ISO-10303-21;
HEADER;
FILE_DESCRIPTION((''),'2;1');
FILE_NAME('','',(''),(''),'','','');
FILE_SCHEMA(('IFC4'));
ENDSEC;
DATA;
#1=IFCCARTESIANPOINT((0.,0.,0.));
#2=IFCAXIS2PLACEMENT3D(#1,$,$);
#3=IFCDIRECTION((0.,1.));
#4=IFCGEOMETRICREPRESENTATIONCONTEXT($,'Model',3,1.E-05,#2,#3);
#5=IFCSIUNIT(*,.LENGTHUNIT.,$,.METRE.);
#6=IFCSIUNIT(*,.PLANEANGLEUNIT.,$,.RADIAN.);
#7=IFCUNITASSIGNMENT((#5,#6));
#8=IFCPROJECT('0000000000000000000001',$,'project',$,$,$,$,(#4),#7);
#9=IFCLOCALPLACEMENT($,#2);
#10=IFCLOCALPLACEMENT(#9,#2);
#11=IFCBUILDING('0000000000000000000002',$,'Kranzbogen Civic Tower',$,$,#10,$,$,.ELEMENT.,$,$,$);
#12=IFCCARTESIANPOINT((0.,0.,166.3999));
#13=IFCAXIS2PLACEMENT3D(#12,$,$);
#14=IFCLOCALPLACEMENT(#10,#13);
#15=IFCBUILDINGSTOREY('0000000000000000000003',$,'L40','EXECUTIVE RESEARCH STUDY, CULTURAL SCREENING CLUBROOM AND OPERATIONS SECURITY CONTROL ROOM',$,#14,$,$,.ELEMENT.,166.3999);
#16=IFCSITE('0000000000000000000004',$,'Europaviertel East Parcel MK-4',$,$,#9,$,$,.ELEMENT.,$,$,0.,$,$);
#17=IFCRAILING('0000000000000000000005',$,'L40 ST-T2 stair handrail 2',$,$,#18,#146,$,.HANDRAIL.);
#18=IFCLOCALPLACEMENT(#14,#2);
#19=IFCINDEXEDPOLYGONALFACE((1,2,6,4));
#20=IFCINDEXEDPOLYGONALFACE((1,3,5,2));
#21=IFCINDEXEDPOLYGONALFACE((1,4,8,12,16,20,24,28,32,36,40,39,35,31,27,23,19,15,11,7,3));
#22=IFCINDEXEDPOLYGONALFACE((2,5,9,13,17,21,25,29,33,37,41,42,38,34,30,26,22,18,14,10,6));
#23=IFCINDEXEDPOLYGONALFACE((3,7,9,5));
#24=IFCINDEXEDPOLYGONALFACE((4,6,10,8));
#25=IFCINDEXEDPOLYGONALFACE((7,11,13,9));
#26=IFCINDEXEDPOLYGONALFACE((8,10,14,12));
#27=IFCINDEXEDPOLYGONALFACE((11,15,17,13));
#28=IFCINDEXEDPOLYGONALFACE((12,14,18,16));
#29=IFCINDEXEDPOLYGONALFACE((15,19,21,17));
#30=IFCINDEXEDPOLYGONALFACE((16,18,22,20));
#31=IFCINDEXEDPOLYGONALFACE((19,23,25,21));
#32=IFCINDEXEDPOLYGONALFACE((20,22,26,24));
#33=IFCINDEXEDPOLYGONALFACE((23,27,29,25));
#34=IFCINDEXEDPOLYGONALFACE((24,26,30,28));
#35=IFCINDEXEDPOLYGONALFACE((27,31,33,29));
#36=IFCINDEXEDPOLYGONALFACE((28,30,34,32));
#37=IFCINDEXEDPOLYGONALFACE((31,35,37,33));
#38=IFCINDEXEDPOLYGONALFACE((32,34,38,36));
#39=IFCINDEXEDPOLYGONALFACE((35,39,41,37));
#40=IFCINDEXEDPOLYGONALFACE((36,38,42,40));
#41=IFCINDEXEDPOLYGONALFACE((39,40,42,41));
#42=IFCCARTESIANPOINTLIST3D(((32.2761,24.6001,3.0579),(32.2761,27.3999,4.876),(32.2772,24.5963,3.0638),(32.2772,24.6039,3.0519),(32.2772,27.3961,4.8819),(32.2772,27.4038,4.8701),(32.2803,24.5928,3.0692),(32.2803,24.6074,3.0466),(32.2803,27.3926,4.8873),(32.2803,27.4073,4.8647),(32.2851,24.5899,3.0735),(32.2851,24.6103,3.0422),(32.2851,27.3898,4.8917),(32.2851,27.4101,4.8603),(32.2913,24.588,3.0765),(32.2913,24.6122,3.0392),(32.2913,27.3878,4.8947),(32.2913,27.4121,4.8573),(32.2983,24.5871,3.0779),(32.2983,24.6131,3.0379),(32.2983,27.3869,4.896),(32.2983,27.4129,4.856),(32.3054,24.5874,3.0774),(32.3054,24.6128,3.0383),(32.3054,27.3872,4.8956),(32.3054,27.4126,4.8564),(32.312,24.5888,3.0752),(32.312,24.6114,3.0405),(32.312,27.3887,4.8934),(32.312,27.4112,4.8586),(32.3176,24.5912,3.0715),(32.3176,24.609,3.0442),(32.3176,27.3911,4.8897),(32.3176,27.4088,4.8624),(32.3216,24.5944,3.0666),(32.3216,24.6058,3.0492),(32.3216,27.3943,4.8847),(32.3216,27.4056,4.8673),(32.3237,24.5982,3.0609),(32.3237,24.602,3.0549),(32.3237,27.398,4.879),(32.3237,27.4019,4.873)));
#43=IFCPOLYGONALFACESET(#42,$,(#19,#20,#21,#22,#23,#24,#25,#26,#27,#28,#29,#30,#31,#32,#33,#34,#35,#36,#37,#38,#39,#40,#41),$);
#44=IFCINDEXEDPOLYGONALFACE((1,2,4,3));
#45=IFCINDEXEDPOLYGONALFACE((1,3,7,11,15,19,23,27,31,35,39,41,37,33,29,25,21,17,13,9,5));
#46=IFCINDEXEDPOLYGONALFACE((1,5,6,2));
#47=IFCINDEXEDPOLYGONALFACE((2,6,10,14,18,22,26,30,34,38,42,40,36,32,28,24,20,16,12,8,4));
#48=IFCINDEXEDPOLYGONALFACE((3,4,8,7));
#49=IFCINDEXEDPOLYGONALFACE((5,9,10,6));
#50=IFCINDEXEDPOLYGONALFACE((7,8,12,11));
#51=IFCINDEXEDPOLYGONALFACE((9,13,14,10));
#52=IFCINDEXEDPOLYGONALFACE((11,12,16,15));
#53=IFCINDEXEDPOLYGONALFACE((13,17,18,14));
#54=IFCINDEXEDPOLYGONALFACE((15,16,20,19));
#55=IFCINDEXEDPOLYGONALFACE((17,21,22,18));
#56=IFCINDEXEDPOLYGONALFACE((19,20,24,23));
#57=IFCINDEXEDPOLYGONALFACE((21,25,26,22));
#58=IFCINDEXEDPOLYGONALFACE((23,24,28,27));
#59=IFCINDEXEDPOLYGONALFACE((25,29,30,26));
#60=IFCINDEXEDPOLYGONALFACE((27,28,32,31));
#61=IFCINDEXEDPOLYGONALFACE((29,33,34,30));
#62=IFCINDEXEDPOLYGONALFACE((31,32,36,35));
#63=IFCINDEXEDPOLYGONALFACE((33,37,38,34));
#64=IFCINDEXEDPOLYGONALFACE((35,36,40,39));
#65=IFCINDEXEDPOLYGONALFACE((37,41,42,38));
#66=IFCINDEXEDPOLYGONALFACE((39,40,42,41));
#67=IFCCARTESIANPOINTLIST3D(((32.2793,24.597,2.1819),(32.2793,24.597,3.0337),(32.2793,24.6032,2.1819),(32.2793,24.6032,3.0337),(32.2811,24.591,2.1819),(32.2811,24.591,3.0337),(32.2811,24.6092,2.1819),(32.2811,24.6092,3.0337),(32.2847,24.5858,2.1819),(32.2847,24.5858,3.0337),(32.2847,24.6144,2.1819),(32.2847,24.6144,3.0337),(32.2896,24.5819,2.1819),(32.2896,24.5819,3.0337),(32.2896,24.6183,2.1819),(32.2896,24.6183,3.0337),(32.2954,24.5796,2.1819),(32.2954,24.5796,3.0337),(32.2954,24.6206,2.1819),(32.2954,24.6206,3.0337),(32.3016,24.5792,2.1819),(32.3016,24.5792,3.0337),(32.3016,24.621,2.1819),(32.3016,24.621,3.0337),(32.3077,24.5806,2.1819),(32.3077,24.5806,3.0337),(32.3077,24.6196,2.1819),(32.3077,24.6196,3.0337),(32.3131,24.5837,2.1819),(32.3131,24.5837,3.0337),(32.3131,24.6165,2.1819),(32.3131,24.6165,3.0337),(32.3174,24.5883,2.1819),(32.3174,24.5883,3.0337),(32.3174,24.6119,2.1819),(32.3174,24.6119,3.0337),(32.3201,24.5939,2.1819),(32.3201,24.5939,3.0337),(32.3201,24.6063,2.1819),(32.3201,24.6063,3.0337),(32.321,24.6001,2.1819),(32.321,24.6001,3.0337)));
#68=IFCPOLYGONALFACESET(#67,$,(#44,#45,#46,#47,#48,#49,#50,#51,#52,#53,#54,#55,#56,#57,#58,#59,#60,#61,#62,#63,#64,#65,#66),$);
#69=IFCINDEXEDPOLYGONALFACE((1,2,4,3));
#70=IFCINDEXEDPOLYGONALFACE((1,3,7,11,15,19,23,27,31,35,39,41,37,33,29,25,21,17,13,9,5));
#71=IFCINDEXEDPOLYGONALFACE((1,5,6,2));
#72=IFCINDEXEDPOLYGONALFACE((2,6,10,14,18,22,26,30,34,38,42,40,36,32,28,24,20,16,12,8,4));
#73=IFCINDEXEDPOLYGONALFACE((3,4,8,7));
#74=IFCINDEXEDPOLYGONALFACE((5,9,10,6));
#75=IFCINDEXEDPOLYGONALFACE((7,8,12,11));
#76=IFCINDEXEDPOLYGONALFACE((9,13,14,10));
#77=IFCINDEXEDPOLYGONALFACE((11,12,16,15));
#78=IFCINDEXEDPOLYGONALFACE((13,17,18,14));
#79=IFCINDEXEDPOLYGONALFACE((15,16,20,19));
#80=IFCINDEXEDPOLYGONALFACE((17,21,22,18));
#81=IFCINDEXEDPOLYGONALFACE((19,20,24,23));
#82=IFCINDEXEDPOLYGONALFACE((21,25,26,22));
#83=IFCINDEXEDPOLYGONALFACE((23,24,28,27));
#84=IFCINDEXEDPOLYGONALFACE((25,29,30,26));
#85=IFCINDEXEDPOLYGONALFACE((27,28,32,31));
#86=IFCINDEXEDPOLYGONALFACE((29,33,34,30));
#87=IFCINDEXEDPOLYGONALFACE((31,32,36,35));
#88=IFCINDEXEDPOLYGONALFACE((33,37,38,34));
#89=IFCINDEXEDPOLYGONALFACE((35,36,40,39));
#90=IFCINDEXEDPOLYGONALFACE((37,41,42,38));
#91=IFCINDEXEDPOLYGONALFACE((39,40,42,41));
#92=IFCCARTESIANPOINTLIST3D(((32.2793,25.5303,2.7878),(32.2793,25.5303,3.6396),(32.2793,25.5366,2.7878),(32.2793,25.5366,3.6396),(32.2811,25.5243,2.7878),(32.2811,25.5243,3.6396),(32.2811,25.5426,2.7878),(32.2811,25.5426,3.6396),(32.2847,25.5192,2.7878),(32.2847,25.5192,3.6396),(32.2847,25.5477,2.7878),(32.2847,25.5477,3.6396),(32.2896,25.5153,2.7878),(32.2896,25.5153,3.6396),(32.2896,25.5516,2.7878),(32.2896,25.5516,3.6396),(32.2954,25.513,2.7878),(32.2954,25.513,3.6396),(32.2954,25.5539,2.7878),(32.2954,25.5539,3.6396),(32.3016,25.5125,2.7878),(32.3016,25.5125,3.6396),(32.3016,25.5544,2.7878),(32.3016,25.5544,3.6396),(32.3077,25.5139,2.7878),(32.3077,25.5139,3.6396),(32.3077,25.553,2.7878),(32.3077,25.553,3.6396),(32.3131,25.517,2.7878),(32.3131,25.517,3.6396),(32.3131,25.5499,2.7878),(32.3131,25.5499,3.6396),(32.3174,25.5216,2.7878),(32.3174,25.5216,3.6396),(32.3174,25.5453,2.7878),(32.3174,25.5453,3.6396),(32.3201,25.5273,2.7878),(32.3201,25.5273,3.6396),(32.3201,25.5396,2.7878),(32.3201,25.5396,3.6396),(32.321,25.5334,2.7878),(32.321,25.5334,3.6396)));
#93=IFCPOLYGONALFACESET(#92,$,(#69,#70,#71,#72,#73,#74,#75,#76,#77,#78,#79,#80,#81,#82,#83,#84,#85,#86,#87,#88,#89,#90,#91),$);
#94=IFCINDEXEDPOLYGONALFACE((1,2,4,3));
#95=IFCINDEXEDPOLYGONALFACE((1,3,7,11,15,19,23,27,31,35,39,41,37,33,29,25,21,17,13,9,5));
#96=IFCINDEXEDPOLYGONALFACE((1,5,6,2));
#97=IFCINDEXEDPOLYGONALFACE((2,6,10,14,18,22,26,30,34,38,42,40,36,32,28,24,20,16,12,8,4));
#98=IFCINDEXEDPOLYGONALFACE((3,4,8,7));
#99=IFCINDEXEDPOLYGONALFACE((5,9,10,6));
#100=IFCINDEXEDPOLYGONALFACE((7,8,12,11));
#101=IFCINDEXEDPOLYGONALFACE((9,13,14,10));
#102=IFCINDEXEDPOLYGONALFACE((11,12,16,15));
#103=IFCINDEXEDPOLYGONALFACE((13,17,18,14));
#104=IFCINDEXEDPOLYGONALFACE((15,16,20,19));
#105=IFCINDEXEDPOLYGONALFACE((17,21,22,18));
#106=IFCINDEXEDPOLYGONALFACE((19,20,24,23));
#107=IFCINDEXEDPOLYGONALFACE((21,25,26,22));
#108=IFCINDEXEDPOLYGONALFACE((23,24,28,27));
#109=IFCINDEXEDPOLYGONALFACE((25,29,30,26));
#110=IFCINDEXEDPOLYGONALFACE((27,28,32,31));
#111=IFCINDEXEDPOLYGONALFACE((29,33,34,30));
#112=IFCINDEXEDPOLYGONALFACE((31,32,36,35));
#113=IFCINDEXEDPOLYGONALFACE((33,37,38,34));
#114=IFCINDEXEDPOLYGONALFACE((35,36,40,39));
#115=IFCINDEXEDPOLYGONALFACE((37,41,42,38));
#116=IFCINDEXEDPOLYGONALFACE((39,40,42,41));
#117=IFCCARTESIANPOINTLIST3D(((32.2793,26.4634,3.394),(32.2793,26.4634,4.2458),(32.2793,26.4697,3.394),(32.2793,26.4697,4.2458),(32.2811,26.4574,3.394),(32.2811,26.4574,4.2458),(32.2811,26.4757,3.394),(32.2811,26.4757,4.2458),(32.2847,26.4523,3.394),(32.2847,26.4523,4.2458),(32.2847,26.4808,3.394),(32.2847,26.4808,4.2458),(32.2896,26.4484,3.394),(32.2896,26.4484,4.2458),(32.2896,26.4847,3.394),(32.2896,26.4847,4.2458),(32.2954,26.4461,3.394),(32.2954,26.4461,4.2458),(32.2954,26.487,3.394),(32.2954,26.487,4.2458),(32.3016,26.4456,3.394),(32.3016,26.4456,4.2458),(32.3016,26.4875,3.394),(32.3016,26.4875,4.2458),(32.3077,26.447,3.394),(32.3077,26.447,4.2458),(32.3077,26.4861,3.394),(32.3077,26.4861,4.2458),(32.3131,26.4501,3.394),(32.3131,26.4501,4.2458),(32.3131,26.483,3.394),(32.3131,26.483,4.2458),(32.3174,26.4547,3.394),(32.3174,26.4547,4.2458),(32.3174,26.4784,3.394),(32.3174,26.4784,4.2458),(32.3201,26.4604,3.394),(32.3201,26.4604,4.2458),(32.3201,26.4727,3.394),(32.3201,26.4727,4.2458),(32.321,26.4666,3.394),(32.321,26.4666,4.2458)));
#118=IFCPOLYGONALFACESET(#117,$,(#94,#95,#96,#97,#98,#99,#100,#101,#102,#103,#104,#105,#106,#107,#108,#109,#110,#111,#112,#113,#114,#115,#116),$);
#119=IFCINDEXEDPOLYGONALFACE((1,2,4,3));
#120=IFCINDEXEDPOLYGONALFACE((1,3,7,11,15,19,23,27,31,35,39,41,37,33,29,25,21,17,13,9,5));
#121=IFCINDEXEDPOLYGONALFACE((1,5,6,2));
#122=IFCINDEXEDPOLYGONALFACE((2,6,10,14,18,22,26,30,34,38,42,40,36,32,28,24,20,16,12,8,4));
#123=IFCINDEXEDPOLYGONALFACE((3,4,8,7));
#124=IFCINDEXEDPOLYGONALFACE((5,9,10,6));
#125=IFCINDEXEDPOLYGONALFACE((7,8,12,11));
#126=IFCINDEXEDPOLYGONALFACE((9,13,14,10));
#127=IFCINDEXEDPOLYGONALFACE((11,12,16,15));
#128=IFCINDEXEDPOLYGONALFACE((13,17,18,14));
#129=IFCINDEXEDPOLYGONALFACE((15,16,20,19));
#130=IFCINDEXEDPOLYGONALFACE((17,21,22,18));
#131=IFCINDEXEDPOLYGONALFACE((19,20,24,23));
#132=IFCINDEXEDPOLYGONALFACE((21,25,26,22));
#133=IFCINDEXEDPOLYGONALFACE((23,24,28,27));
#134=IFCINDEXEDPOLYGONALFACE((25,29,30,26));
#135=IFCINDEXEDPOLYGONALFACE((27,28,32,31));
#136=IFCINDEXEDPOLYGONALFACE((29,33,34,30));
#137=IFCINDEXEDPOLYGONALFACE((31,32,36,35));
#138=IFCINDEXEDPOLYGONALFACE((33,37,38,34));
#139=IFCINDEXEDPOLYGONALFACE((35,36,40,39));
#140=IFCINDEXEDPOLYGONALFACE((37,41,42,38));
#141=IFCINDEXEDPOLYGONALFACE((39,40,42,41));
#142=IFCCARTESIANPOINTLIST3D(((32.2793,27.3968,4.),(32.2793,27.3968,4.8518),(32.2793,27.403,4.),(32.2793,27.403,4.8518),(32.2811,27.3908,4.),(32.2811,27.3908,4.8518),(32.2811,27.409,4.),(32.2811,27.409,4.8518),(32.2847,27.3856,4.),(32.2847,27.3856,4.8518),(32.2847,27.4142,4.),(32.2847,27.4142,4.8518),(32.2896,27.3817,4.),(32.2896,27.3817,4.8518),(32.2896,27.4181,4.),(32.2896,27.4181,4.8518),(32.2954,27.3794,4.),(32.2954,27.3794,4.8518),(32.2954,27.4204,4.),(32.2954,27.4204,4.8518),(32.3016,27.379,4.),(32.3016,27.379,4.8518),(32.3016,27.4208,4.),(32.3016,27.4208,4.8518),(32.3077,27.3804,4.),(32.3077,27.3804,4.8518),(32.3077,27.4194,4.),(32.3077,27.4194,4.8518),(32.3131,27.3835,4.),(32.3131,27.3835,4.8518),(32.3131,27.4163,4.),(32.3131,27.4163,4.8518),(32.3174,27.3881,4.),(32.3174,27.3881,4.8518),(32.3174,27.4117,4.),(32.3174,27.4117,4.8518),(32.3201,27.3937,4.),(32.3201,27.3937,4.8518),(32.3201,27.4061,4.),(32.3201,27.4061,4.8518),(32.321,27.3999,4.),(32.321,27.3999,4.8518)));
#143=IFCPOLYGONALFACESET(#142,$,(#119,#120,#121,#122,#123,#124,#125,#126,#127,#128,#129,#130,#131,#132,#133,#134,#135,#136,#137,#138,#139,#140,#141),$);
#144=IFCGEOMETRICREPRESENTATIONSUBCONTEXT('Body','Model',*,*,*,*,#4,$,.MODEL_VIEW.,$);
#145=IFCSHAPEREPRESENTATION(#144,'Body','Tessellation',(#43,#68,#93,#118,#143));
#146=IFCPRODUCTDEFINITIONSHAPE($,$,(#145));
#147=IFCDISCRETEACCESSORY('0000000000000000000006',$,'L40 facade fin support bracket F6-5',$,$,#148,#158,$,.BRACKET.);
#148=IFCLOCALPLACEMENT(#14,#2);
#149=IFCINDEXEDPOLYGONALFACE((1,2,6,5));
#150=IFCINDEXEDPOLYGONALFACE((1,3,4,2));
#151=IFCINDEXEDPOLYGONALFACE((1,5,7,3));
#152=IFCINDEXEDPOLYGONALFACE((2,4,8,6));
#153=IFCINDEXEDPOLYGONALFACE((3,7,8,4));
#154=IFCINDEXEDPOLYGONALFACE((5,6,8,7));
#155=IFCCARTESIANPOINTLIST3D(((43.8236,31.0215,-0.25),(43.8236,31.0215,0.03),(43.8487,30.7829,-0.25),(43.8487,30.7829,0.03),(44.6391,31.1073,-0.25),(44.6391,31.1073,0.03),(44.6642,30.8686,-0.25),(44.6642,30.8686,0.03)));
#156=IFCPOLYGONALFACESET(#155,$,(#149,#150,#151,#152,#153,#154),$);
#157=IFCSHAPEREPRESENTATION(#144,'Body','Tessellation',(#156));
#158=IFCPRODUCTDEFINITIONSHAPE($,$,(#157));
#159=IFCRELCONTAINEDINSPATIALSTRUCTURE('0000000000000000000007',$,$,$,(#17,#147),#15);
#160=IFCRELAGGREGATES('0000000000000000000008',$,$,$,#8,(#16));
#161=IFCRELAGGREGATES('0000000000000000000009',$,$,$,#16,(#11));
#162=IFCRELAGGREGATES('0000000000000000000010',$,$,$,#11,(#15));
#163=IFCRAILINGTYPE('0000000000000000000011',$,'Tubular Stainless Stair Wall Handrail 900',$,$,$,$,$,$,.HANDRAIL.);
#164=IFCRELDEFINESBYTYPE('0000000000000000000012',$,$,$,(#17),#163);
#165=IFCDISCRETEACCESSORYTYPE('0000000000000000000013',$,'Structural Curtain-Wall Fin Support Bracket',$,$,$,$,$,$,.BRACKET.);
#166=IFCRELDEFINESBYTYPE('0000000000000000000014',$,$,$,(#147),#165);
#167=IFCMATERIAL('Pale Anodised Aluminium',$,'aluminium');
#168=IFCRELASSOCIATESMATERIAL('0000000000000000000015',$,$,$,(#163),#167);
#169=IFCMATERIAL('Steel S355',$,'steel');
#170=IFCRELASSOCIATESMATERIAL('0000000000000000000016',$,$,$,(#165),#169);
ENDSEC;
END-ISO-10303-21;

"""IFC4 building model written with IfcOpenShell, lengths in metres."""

from ifc_helpers import new_model, si_unit, direction, frame, origin, origin_2d, place, context, subcontext, project, spatial, rectangle, circle, extrude, material, type_object, element, save


model = new_model("IFC4")

# Units and contexts
model_context = context("Model", 3, precision=1e-05, world=origin(), true_north=direction((0.0, 1.0)))
body_context = subcontext(model_context, "Body", "Model", "MODEL_VIEW")
ifc_project = project(units=[si_unit("LENGTHUNIT", "METRE"), si_unit("PLANEANGLEUNIT", "RADIAN")], contexts=[model_context])

# Site, building, storey
site_placement = place(None, origin())
site = spatial("IfcSite", under=ifc_project, at=site_placement, Name="Europaviertel East Parcel MK-4", CompositionType="ELEMENT", RefElevation=0.0)
building_placement = place(site_placement, origin())
building = spatial("IfcBuilding", under=site, at=building_placement, Name="Kranzbogen Civic Tower", CompositionType="ELEMENT")
storey_placement = place(building_placement, frame((0.0, 0.0, 166.3999)))
storey = spatial("IfcBuildingStorey", under=building, at=storey_placement, Name="L40", Description="EXECUTIVE RESEARCH STUDY, CULTURAL SCREENING CLUBROOM AND OPERATIONS SECURITY CONTROL ROOM", CompositionType="ELEMENT", Elevation=166.3999)

# Shared definitions
ifc_material_1 = material(Name="Steel S355", Category="steel")

# Shared definitions
ifc_material_2 = material(Name="Pale Anodised Aluminium", Category="aluminium")

# Railing
railing_type_1 = type_object("IfcRailingType", Name="Tubular Stainless Stair Wall Handrail 900", PredefinedType="HANDRAIL", material=ifc_material_2)
railing_1_placement = place(storey_placement, frame((32.3, 24.6001, 2.1819)))
element("IfcRailing", 1, at=railing_1_placement, inside=storey, type_object=railing_type_1, Name="L40 ST-T2 stair handrail 2", PredefinedType="HANDRAIL", context=body_context, shape_type="SweptSolid", body=[
    extrude(circle(Radius=0.0239, at=origin_2d()), frame((0.0, 0.0, 0.876), z_axis=(0.0, 0.838684, 0.544618), x_axis=(-1.0, 0.0, 0.0)), (0.0, 0.0, 1.0), 3.3384),
    extrude(circle(Radius=0.021, at=origin_2d()), origin(), (0.0, 0.0, 1.0), 0.8518),
    extrude(circle(Radius=0.021, at=origin_2d()), frame((0.0, 0.9333, 0.606)), (0.0, 0.0, 1.0), 0.8518),
    extrude(circle(Radius=0.021, at=origin_2d()), frame((0.0, 1.8665, 1.2122)), (0.0, 0.0, 1.0), 0.8518),
    extrude(circle(Radius=0.021, at=origin_2d()), frame((0.0, 2.7998, 1.8181)), (0.0, 0.0, 1.0), 0.8518),
])

# Discrete accessory
discrete_accessory_type = type_object("IfcDiscreteAccessoryType", Name="Structural Curtain-Wall Fin Support Bracket", PredefinedType="BRACKET", material=ifc_material_1)
discrete_accessory_placement = place(storey_placement, frame((44.2439, 30.9451, -0.25), z_axis=(0.0, 0.0, 1.0), x_axis=(0.994522, 0.104528, 0.0)))
element("IfcDiscreteAccessory", 2, at=discrete_accessory_placement, inside=storey, type_object=discrete_accessory_type, Name="L40 facade fin support bracket F6-5", PredefinedType="BRACKET", context=body_context, shape_type="SweptSolid", body=[
    extrude(rectangle(XDim=0.8201, YDim=0.24, at=origin_2d()), origin(), (0.0, 0.0, 1.0), 0.28),
])

save(model, "model.ifc")
